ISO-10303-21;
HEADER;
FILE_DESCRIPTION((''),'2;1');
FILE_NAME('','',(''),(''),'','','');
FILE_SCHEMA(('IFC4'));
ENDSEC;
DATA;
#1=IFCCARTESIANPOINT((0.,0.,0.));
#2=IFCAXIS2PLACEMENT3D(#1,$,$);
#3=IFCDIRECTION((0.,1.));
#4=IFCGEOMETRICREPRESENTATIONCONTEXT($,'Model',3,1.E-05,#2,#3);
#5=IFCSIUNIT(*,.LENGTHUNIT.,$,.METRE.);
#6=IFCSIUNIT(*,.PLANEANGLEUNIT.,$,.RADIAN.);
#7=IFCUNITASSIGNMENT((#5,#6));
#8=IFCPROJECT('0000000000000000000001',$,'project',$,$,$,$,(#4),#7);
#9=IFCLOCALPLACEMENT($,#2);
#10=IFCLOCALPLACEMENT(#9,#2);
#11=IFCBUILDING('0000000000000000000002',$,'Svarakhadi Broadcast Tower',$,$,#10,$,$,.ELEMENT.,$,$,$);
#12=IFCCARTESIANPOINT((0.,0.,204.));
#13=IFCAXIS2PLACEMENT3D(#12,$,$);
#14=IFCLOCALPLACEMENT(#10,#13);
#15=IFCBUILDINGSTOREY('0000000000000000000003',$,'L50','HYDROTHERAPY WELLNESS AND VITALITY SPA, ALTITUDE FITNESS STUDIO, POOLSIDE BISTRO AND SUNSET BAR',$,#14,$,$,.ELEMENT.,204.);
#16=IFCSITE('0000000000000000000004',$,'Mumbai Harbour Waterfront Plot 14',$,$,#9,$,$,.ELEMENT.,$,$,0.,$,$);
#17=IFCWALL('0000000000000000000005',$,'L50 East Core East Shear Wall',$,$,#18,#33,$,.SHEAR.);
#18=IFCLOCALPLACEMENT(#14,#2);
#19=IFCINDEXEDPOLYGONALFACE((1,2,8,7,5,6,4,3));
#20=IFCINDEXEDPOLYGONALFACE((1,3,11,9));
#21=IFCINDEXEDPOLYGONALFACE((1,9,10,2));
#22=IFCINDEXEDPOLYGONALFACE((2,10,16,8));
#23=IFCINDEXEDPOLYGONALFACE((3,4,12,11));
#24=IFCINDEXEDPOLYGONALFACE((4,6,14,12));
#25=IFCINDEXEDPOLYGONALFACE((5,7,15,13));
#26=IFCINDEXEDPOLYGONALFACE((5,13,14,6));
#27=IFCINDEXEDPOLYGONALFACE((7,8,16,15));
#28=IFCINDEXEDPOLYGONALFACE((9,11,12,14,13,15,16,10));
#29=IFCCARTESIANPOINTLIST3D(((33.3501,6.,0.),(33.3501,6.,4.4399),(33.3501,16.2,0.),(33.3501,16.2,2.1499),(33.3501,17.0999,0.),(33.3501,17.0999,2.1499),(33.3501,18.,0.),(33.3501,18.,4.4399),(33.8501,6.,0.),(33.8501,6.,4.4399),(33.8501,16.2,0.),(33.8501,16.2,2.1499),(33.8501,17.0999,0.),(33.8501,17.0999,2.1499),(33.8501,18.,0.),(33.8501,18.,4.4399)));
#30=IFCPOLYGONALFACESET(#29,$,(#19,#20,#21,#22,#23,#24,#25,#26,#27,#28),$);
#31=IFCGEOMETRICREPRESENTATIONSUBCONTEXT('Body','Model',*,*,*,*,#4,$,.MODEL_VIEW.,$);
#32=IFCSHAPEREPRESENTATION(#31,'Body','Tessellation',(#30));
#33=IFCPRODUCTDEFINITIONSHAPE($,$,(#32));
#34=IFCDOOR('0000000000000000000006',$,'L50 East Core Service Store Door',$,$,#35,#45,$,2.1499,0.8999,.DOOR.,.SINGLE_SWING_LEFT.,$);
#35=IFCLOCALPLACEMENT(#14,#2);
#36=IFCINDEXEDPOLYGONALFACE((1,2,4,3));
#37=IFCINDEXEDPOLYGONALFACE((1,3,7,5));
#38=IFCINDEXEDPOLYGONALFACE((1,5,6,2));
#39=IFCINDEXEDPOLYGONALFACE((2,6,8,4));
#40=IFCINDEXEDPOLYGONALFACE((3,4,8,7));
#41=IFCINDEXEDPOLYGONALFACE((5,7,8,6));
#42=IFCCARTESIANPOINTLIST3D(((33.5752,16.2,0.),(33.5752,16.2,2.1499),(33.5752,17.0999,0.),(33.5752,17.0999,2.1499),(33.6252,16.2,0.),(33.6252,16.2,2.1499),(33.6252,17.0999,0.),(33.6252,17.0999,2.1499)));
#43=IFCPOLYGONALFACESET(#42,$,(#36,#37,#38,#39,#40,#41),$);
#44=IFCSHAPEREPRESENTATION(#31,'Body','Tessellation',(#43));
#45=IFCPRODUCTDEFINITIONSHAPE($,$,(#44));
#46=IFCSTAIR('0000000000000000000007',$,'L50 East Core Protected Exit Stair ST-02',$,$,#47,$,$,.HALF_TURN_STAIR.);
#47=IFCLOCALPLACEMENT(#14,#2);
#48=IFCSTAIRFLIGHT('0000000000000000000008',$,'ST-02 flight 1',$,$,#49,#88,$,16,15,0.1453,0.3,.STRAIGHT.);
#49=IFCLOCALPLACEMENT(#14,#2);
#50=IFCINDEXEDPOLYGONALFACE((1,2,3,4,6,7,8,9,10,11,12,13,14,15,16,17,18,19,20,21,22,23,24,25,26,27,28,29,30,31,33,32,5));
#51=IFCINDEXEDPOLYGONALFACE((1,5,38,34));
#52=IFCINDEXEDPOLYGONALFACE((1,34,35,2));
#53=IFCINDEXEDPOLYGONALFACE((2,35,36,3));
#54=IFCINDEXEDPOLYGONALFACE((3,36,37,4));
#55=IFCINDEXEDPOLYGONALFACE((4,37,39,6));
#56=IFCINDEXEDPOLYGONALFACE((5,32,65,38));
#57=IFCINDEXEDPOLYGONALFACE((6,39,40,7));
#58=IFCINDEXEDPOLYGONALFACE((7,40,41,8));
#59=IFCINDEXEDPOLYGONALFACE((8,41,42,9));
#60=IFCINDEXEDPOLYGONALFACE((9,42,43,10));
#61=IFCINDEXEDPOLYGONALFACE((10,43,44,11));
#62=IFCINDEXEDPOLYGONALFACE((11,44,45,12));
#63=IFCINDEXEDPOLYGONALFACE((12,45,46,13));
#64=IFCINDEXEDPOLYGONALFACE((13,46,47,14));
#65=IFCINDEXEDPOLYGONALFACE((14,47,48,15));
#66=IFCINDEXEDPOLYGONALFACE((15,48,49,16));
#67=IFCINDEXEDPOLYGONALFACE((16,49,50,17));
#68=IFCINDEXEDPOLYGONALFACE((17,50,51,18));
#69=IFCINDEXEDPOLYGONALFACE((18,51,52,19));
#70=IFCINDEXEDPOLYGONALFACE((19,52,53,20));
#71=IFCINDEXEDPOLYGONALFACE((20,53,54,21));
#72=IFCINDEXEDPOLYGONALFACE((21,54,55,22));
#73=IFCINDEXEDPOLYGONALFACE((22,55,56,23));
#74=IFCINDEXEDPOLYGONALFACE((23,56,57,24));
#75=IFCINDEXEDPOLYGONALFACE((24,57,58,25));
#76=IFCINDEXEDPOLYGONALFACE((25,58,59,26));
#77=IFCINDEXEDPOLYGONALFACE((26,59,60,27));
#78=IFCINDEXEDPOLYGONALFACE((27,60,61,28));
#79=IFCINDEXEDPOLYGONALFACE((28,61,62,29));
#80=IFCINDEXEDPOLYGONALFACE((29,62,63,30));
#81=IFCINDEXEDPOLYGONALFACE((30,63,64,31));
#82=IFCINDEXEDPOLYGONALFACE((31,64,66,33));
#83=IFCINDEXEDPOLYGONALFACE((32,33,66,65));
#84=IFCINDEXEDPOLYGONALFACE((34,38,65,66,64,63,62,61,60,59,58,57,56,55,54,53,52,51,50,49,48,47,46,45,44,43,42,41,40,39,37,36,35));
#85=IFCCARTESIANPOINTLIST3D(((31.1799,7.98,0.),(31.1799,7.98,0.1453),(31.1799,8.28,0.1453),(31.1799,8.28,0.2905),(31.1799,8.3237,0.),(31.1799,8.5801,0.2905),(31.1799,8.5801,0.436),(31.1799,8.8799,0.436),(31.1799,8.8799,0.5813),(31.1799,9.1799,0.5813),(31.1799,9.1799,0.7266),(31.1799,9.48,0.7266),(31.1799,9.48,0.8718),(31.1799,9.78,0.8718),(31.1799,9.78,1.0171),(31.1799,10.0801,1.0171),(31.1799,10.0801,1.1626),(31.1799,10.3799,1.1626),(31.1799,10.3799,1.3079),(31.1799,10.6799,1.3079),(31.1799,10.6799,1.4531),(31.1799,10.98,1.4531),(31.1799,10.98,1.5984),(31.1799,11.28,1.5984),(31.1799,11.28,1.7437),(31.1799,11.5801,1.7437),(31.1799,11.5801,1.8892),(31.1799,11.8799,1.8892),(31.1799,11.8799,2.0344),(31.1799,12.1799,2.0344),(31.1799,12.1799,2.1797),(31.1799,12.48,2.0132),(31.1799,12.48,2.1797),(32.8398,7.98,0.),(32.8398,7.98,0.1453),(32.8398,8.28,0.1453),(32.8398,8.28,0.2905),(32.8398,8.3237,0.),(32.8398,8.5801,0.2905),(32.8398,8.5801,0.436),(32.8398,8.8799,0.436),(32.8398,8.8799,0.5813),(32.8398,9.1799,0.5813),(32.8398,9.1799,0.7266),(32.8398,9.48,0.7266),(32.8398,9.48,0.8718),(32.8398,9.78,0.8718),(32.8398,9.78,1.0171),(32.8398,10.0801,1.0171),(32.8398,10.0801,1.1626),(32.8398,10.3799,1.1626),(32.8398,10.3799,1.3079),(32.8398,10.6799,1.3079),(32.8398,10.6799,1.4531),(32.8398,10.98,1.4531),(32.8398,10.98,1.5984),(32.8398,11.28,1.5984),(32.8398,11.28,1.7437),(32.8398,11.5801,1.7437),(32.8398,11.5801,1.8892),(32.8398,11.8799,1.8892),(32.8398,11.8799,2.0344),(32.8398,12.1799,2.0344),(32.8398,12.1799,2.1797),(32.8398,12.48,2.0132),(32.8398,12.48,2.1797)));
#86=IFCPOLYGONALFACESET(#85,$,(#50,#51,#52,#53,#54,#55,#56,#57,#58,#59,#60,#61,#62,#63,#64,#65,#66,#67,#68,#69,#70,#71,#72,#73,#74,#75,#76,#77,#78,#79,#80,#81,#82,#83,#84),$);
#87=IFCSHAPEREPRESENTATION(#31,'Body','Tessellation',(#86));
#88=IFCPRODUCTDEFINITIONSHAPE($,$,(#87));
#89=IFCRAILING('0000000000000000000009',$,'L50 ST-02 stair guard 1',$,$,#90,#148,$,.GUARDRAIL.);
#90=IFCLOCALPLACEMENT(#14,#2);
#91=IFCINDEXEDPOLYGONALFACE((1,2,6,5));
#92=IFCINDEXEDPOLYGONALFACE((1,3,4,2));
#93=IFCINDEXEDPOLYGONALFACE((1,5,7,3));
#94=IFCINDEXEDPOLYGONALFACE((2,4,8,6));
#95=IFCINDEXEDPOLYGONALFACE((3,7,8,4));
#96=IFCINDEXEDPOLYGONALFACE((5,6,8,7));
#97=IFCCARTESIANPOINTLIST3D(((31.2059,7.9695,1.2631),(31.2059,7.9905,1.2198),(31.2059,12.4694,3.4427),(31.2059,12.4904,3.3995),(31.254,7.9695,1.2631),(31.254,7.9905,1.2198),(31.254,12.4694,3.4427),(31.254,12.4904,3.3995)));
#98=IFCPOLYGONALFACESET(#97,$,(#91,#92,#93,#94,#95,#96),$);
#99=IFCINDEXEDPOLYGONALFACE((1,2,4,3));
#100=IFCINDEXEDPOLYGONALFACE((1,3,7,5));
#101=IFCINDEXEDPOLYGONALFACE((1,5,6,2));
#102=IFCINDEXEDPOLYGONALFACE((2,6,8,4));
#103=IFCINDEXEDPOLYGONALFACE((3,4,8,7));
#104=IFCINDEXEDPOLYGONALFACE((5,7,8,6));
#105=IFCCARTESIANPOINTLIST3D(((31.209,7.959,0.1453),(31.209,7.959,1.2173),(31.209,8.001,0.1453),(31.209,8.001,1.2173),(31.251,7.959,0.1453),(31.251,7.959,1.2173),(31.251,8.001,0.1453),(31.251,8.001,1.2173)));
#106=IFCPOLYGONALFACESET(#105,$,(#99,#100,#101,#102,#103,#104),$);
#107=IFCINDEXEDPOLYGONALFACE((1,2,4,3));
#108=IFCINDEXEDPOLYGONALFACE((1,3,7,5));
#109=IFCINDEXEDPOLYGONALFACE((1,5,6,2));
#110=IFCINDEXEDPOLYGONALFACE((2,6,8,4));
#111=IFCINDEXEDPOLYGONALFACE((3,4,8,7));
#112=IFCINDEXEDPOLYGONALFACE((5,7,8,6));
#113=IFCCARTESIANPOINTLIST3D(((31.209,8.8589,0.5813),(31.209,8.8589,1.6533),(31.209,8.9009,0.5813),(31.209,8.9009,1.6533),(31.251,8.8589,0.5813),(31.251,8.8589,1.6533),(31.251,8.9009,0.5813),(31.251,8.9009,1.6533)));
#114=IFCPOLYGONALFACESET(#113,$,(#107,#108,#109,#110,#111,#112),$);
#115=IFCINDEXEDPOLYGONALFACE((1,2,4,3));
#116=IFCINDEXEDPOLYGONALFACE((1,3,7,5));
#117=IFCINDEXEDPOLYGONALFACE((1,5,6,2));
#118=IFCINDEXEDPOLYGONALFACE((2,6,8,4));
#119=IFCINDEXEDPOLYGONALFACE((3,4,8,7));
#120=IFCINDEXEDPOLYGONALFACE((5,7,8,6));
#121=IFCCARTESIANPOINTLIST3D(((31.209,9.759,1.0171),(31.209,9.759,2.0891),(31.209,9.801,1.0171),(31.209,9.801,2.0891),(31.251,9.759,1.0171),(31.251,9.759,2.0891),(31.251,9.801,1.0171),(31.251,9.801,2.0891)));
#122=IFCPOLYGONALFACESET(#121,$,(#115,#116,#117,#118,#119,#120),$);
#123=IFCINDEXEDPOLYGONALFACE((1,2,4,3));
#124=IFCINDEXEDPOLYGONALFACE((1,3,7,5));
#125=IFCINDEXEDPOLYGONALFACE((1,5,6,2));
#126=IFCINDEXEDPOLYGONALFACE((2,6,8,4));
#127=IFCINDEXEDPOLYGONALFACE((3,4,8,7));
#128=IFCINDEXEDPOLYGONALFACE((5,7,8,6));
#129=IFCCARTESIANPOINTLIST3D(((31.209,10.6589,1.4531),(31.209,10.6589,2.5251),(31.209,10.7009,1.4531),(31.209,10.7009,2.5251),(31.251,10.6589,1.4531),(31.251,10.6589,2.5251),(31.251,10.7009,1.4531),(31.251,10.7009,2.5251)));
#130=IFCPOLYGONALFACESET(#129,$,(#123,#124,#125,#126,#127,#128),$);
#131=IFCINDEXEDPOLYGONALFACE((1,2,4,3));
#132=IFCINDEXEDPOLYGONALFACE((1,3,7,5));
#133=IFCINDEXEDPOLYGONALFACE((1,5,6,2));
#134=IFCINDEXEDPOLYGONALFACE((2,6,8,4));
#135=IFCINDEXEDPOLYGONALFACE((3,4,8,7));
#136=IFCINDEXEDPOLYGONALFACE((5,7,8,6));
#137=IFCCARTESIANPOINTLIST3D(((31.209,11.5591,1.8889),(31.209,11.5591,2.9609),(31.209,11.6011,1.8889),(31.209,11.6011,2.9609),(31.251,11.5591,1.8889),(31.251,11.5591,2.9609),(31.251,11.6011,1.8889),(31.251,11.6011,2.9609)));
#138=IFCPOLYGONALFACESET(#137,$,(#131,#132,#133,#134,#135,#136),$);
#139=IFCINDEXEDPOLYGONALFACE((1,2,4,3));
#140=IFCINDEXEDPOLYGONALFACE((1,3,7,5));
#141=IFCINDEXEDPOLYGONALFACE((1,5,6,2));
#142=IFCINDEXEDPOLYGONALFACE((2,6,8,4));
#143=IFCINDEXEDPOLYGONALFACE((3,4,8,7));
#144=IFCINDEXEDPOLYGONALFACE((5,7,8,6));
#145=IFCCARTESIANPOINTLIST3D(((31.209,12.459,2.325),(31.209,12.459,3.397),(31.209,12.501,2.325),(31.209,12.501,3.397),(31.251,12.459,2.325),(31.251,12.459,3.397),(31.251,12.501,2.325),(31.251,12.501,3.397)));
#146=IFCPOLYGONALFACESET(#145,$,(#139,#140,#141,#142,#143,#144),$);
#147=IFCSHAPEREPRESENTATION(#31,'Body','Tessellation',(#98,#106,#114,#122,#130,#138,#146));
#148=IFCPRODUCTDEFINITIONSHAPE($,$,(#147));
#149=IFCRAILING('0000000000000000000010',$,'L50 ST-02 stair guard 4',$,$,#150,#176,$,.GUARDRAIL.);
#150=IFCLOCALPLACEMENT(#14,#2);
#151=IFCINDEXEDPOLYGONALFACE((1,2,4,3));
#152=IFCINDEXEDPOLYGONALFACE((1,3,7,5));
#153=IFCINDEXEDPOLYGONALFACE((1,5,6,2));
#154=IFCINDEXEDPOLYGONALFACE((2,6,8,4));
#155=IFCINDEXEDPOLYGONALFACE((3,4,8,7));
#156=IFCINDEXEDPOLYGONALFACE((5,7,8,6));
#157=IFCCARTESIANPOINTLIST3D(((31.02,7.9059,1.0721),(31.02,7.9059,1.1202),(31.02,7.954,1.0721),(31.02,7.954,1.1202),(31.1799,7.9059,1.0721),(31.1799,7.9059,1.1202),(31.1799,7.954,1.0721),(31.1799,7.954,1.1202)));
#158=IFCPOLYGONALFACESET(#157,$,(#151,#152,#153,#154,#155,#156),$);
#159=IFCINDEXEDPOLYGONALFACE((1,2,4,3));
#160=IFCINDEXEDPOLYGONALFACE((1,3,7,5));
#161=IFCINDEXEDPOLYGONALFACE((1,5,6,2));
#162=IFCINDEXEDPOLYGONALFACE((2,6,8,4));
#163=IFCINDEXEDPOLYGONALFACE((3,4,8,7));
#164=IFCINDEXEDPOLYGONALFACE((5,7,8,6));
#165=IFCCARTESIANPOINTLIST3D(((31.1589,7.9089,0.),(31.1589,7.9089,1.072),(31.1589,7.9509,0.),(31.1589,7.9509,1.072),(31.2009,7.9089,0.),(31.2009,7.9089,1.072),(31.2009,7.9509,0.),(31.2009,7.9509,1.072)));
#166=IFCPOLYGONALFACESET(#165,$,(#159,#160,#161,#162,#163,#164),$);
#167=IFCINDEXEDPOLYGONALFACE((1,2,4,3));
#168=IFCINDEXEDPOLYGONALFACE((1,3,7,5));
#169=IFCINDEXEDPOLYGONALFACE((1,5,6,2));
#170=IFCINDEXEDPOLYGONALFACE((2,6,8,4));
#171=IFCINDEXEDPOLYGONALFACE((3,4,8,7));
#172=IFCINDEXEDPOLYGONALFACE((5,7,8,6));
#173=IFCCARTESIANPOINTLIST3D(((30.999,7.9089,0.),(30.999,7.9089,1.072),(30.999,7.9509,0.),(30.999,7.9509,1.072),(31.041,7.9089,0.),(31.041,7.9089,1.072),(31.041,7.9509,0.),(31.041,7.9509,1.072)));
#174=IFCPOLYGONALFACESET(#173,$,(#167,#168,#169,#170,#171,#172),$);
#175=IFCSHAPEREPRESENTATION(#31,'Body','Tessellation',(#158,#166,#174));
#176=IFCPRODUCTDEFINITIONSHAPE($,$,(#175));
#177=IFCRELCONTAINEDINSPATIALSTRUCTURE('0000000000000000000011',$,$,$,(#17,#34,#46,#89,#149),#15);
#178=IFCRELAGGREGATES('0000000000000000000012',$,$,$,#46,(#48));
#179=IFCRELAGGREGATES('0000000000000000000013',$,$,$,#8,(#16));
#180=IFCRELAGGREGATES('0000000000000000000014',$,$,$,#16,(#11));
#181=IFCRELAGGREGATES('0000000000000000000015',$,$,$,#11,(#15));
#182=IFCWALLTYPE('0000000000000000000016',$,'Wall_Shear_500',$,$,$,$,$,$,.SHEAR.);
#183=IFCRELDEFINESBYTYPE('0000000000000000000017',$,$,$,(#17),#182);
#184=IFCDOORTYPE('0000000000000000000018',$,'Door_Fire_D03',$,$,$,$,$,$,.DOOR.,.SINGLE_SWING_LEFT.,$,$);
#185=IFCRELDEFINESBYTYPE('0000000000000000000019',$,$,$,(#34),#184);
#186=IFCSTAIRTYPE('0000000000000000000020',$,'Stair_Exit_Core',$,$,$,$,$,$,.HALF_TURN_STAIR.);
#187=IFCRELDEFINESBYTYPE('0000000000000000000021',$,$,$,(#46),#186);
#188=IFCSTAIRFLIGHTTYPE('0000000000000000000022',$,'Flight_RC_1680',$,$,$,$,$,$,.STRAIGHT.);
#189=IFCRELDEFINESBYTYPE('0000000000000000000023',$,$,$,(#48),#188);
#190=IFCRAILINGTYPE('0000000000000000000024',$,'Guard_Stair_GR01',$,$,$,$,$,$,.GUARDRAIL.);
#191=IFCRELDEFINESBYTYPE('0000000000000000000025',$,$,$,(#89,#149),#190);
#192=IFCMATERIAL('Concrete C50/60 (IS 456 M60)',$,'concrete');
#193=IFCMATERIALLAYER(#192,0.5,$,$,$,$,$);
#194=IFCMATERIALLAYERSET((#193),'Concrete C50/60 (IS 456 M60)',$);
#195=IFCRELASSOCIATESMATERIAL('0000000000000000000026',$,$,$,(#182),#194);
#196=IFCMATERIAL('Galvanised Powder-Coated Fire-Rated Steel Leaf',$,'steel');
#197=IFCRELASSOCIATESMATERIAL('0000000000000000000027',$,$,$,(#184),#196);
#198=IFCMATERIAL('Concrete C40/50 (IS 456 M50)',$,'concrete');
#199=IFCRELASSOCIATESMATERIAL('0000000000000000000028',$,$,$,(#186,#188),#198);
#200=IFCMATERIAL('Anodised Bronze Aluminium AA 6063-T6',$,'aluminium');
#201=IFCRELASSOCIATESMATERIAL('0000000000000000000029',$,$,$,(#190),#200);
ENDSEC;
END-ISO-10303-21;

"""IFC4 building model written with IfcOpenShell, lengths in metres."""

from ifc_helpers import new_model, si_unit, direction, frame, frame_2d, origin, origin_2d, place, context, subcontext, project, spatial, polyline, rectangle, outline, extrude, material, layer, layer_set, type_object, element, fill, aggregate, save


model = new_model("IFC4")

# Units and contexts
model_context = context("Model", 3, precision=1e-05, world=origin(), true_north=direction((0.0, 1.0)))
body_context = subcontext(model_context, "Body", "Model", "MODEL_VIEW")
ifc_project = project(units=[si_unit("LENGTHUNIT", "METRE"), si_unit("PLANEANGLEUNIT", "RADIAN")], contexts=[model_context])

# Site, building, storey
site_placement = place(None, origin())
site = spatial("IfcSite", under=ifc_project, at=site_placement, Name="Mumbai Harbour Waterfront Plot 14", CompositionType="ELEMENT", RefElevation=0.0)
building_placement = place(site_placement, origin())
building = spatial("IfcBuilding", under=site, at=building_placement, Name="Svarakhadi Broadcast Tower", CompositionType="ELEMENT")
storey_placement = place(building_placement, frame((0.0, 0.0, 204.0)))
storey = spatial("IfcBuildingStorey", under=building, at=storey_placement, Name="L50", Description="HYDROTHERAPY WELLNESS AND VITALITY SPA, ALTITUDE FITNESS STUDIO, POOLSIDE BISTRO AND SUNSET BAR", CompositionType="ELEMENT", Elevation=204.0)

# Shared definitions
ifc_material_1 = material(Name="Concrete C50/60 (IS 456 M60)", Category="concrete")

# Shared definitions
ifc_material_2 = material(Name="Anodised Bronze Aluminium AA 6063-T6", Category="aluminium")

# Shared definitions
ifc_material_3 = material(Name="Concrete C40/50 (IS 456 M50)", Category="concrete")

# Wall, opening, door
ifc_layer_1 = layer(ifc_material_1, 0.5)
ifc_layer_set_1 = layer_set([ifc_layer_1], Name="Concrete C50/60 (IS 456 M60)")
wall_type_1 = type_object("IfcWallType", Name="Wall_Shear_500", PredefinedType="SHEAR", material=ifc_layer_set_1)
wall_1_placement = place(storey_placement, frame((33.6001, 6.0, 0.0), z_axis=(0.0, 0.0, 1.0), x_axis=(0.0, 1.0, 0.0)))
wall_1 = element("IfcWall", 1, at=wall_1_placement, inside=storey, type_object=wall_type_1, Name="L50 East Core East Shear Wall", PredefinedType="SHEAR", context=body_context, shape_type="SweptSolid", body=[
    extrude(rectangle(XDim=12.0, YDim=0.5, at=frame_2d((6.0, 0.0))), origin(), (0.0, 0.0, 1.0), 4.4399),
])
opening_placement = place(wall_1_placement, frame((10.2, 0.0, 0.0)))
opening = element("IfcOpeningElement", 2, at=opening_placement, cuts=wall_1, PredefinedType="OPENING", context=body_context, shape_type="SweptSolid", body=[
    extrude(rectangle(XDim=0.8999, YDim=2.1499, at=frame_2d((0.45, 1.075))), frame((0.0, 0.26, 0.0), z_axis=(0.0, -1.0, 0.0), x_axis=(1.0, 0.0, 0.0)), (0.0, 0.0, 1.0), 0.52),
])
ifc_material_4 = material(Name="Galvanised Powder-Coated Fire-Rated Steel Leaf", Category="steel")
door_type = type_object("IfcDoorType", Name="Door_Fire_D03", OperationType="SINGLE_SWING_LEFT", PredefinedType="DOOR", material=ifc_material_4)
door_placement = place(opening_placement, origin())
door = element("IfcDoor", 3, at=door_placement, inside=storey, type_object=door_type, Name="L50 East Core Service Store Door", OperationType="SINGLE_SWING_LEFT", OverallHeight=2.1499, OverallWidth=0.8999, PredefinedType="DOOR", context=body_context, shape_type="SweptSolid", body=[
    extrude(rectangle(XDim=0.8999, YDim=2.1499, at=frame_2d((0.45, 1.075))), frame((0.0, 0.0249, 0.0), z_axis=(0.0, -1.0, 0.0), x_axis=(1.0, 0.0, 0.0)), (0.0, 0.0, 1.0), 0.05),
])
fill(opening, door)

# Stair, stair flight
stair_type = type_object("IfcStairType", Name="Stair_Exit_Core", PredefinedType="HALF_TURN_STAIR", material=ifc_material_3)
stair_placement = place(storey_placement, origin())
stair = element("IfcStair", 4, at=stair_placement, inside=storey, type_object=stair_type, Name="L50 East Core Protected Exit Stair ST-02", PredefinedType="HALF_TURN_STAIR")
stair_flight_type = type_object("IfcStairFlightType", Name="Flight_RC_1680", PredefinedType="STRAIGHT", material=ifc_material_3)
stair_flight_placement = place(storey_placement, frame((32.01, 7.98, 0.0), z_axis=(0.0, 0.0, 1.0), x_axis=(0.0, 1.0, 0.0)))
stair_flight = element("IfcStairFlight", 5, at=stair_flight_placement, type_object=stair_flight_type, Name="ST-02 flight 1", NumberOfRisers=16, NumberOfTreads=15, PredefinedType="STRAIGHT", RiserHeight=0.1453, TreadLength=0.3, context=body_context, shape_type="SweptSolid", body=[
    extrude(outline(polyline([(0.0, 0.0), (0.0, 0.1453), (0.3, 0.1453), (0.3, 0.2905), (0.6001, 0.2905), (0.6001, 0.436), (0.8999, 0.436), (0.8999, 0.5813), (1.2, 0.5813), (1.2, 0.7266), (1.5, 0.7266), (1.5, 0.8718), (1.8, 0.8718), (1.8, 1.0171), (2.1001, 1.0171), (2.1001, 1.1626), (2.3999, 1.1626), (2.3999, 1.3079), (2.7, 1.3079), (2.7, 1.4531), (3.0, 1.4531), (3.0, 1.5984), (3.3, 1.5984), (3.3, 1.7437), (3.6001, 1.7437), (3.6001, 1.8892), (3.8999, 1.8892), (3.8999, 2.0344), (4.2, 2.0344), (4.2, 2.1797), (4.5, 2.1797), (4.5, 2.325), (4.5, 2.0132), (0.3438, 0.0), (0.0, 0.0)])), frame((0.0, 0.8301, 0.0), z_axis=(0.0, -1.0, 0.0), x_axis=(1.0, 0.0, 0.0)), (0.0, 0.0, 1.0), 1.6599),
])
aggregate(stair, [stair_flight])

# Railings
railing_type_1 = type_object("IfcRailingType", Name="Guard_Stair_GR01", PredefinedType="GUARDRAIL", material=ifc_material_2)
railing_1_placement = place(storey_placement, frame((31.23, 7.98, 0.1453)))
element("IfcRailing", 6, at=railing_1_placement, inside=storey, type_object=railing_type_1, Name="L50 ST-02 stair guard 1", PredefinedType="GUARDRAIL", context=body_context, shape_type="SweptSolid", body=[
    extrude(rectangle(XDim=0.0481, YDim=0.0481, at=origin_2d()), frame((0.0, 0.0, 1.0962), z_axis=(0.0, 0.899981, 0.435928), x_axis=(-1.0, 0.0, 0.0)), (0.0, 0.0, 1.0), 5.0),
    extrude(rectangle(XDim=0.042, YDim=0.042, at=origin_2d()), origin(), (0.0, 0.0, 1.0), 1.072),
    extrude(rectangle(XDim=0.042, YDim=0.042, at=origin_2d()), frame((0.0, 0.8999, 0.436)), (0.0, 0.0, 1.0), 1.072),
    extrude(rectangle(XDim=0.042, YDim=0.042, at=origin_2d()), frame((0.0, 1.8, 0.8718)), (0.0, 0.0, 1.0), 1.072),
    extrude(rectangle(XDim=0.042, YDim=0.042, at=origin_2d()), frame((0.0, 2.7, 1.3079)), (0.0, 0.0, 1.0), 1.072),
    extrude(rectangle(XDim=0.042, YDim=0.042, at=origin_2d()), frame((0.0, 3.6001, 1.7437)), (0.0, 0.0, 1.0), 1.072),
    extrude(rectangle(XDim=0.042, YDim=0.042, at=origin_2d()), frame((0.0, 4.5, 2.1797)), (0.0, 0.0, 1.0), 1.072),
])
railing_2_placement = place(storey_placement, frame((31.1799, 7.9299, 0.0)))
element("IfcRailing", 7, at=railing_2_placement, inside=storey, type_object=railing_type_1, Name="L50 ST-02 stair guard 4", PredefinedType="GUARDRAIL", context=body_context, shape_type="SweptSolid", body=[
    extrude(rectangle(XDim=0.0481, YDim=0.0481, at=origin_2d()), frame((0.0, 0.0, 1.0962), z_axis=(-1.0, 0.0, 0.0), x_axis=(0.0, -1.0, 0.0)), (0.0, 0.0, 1.0), 0.1599),
    extrude(rectangle(XDim=0.042, YDim=0.042, at=origin_2d()), origin(), (0.0, 0.0, 1.0), 1.072),
    extrude(rectangle(XDim=0.042, YDim=0.042, at=origin_2d()), frame((-0.1599, 0.0, 0.0)), (0.0, 0.0, 1.0), 1.072),
])

save(model, "model.ifc")
